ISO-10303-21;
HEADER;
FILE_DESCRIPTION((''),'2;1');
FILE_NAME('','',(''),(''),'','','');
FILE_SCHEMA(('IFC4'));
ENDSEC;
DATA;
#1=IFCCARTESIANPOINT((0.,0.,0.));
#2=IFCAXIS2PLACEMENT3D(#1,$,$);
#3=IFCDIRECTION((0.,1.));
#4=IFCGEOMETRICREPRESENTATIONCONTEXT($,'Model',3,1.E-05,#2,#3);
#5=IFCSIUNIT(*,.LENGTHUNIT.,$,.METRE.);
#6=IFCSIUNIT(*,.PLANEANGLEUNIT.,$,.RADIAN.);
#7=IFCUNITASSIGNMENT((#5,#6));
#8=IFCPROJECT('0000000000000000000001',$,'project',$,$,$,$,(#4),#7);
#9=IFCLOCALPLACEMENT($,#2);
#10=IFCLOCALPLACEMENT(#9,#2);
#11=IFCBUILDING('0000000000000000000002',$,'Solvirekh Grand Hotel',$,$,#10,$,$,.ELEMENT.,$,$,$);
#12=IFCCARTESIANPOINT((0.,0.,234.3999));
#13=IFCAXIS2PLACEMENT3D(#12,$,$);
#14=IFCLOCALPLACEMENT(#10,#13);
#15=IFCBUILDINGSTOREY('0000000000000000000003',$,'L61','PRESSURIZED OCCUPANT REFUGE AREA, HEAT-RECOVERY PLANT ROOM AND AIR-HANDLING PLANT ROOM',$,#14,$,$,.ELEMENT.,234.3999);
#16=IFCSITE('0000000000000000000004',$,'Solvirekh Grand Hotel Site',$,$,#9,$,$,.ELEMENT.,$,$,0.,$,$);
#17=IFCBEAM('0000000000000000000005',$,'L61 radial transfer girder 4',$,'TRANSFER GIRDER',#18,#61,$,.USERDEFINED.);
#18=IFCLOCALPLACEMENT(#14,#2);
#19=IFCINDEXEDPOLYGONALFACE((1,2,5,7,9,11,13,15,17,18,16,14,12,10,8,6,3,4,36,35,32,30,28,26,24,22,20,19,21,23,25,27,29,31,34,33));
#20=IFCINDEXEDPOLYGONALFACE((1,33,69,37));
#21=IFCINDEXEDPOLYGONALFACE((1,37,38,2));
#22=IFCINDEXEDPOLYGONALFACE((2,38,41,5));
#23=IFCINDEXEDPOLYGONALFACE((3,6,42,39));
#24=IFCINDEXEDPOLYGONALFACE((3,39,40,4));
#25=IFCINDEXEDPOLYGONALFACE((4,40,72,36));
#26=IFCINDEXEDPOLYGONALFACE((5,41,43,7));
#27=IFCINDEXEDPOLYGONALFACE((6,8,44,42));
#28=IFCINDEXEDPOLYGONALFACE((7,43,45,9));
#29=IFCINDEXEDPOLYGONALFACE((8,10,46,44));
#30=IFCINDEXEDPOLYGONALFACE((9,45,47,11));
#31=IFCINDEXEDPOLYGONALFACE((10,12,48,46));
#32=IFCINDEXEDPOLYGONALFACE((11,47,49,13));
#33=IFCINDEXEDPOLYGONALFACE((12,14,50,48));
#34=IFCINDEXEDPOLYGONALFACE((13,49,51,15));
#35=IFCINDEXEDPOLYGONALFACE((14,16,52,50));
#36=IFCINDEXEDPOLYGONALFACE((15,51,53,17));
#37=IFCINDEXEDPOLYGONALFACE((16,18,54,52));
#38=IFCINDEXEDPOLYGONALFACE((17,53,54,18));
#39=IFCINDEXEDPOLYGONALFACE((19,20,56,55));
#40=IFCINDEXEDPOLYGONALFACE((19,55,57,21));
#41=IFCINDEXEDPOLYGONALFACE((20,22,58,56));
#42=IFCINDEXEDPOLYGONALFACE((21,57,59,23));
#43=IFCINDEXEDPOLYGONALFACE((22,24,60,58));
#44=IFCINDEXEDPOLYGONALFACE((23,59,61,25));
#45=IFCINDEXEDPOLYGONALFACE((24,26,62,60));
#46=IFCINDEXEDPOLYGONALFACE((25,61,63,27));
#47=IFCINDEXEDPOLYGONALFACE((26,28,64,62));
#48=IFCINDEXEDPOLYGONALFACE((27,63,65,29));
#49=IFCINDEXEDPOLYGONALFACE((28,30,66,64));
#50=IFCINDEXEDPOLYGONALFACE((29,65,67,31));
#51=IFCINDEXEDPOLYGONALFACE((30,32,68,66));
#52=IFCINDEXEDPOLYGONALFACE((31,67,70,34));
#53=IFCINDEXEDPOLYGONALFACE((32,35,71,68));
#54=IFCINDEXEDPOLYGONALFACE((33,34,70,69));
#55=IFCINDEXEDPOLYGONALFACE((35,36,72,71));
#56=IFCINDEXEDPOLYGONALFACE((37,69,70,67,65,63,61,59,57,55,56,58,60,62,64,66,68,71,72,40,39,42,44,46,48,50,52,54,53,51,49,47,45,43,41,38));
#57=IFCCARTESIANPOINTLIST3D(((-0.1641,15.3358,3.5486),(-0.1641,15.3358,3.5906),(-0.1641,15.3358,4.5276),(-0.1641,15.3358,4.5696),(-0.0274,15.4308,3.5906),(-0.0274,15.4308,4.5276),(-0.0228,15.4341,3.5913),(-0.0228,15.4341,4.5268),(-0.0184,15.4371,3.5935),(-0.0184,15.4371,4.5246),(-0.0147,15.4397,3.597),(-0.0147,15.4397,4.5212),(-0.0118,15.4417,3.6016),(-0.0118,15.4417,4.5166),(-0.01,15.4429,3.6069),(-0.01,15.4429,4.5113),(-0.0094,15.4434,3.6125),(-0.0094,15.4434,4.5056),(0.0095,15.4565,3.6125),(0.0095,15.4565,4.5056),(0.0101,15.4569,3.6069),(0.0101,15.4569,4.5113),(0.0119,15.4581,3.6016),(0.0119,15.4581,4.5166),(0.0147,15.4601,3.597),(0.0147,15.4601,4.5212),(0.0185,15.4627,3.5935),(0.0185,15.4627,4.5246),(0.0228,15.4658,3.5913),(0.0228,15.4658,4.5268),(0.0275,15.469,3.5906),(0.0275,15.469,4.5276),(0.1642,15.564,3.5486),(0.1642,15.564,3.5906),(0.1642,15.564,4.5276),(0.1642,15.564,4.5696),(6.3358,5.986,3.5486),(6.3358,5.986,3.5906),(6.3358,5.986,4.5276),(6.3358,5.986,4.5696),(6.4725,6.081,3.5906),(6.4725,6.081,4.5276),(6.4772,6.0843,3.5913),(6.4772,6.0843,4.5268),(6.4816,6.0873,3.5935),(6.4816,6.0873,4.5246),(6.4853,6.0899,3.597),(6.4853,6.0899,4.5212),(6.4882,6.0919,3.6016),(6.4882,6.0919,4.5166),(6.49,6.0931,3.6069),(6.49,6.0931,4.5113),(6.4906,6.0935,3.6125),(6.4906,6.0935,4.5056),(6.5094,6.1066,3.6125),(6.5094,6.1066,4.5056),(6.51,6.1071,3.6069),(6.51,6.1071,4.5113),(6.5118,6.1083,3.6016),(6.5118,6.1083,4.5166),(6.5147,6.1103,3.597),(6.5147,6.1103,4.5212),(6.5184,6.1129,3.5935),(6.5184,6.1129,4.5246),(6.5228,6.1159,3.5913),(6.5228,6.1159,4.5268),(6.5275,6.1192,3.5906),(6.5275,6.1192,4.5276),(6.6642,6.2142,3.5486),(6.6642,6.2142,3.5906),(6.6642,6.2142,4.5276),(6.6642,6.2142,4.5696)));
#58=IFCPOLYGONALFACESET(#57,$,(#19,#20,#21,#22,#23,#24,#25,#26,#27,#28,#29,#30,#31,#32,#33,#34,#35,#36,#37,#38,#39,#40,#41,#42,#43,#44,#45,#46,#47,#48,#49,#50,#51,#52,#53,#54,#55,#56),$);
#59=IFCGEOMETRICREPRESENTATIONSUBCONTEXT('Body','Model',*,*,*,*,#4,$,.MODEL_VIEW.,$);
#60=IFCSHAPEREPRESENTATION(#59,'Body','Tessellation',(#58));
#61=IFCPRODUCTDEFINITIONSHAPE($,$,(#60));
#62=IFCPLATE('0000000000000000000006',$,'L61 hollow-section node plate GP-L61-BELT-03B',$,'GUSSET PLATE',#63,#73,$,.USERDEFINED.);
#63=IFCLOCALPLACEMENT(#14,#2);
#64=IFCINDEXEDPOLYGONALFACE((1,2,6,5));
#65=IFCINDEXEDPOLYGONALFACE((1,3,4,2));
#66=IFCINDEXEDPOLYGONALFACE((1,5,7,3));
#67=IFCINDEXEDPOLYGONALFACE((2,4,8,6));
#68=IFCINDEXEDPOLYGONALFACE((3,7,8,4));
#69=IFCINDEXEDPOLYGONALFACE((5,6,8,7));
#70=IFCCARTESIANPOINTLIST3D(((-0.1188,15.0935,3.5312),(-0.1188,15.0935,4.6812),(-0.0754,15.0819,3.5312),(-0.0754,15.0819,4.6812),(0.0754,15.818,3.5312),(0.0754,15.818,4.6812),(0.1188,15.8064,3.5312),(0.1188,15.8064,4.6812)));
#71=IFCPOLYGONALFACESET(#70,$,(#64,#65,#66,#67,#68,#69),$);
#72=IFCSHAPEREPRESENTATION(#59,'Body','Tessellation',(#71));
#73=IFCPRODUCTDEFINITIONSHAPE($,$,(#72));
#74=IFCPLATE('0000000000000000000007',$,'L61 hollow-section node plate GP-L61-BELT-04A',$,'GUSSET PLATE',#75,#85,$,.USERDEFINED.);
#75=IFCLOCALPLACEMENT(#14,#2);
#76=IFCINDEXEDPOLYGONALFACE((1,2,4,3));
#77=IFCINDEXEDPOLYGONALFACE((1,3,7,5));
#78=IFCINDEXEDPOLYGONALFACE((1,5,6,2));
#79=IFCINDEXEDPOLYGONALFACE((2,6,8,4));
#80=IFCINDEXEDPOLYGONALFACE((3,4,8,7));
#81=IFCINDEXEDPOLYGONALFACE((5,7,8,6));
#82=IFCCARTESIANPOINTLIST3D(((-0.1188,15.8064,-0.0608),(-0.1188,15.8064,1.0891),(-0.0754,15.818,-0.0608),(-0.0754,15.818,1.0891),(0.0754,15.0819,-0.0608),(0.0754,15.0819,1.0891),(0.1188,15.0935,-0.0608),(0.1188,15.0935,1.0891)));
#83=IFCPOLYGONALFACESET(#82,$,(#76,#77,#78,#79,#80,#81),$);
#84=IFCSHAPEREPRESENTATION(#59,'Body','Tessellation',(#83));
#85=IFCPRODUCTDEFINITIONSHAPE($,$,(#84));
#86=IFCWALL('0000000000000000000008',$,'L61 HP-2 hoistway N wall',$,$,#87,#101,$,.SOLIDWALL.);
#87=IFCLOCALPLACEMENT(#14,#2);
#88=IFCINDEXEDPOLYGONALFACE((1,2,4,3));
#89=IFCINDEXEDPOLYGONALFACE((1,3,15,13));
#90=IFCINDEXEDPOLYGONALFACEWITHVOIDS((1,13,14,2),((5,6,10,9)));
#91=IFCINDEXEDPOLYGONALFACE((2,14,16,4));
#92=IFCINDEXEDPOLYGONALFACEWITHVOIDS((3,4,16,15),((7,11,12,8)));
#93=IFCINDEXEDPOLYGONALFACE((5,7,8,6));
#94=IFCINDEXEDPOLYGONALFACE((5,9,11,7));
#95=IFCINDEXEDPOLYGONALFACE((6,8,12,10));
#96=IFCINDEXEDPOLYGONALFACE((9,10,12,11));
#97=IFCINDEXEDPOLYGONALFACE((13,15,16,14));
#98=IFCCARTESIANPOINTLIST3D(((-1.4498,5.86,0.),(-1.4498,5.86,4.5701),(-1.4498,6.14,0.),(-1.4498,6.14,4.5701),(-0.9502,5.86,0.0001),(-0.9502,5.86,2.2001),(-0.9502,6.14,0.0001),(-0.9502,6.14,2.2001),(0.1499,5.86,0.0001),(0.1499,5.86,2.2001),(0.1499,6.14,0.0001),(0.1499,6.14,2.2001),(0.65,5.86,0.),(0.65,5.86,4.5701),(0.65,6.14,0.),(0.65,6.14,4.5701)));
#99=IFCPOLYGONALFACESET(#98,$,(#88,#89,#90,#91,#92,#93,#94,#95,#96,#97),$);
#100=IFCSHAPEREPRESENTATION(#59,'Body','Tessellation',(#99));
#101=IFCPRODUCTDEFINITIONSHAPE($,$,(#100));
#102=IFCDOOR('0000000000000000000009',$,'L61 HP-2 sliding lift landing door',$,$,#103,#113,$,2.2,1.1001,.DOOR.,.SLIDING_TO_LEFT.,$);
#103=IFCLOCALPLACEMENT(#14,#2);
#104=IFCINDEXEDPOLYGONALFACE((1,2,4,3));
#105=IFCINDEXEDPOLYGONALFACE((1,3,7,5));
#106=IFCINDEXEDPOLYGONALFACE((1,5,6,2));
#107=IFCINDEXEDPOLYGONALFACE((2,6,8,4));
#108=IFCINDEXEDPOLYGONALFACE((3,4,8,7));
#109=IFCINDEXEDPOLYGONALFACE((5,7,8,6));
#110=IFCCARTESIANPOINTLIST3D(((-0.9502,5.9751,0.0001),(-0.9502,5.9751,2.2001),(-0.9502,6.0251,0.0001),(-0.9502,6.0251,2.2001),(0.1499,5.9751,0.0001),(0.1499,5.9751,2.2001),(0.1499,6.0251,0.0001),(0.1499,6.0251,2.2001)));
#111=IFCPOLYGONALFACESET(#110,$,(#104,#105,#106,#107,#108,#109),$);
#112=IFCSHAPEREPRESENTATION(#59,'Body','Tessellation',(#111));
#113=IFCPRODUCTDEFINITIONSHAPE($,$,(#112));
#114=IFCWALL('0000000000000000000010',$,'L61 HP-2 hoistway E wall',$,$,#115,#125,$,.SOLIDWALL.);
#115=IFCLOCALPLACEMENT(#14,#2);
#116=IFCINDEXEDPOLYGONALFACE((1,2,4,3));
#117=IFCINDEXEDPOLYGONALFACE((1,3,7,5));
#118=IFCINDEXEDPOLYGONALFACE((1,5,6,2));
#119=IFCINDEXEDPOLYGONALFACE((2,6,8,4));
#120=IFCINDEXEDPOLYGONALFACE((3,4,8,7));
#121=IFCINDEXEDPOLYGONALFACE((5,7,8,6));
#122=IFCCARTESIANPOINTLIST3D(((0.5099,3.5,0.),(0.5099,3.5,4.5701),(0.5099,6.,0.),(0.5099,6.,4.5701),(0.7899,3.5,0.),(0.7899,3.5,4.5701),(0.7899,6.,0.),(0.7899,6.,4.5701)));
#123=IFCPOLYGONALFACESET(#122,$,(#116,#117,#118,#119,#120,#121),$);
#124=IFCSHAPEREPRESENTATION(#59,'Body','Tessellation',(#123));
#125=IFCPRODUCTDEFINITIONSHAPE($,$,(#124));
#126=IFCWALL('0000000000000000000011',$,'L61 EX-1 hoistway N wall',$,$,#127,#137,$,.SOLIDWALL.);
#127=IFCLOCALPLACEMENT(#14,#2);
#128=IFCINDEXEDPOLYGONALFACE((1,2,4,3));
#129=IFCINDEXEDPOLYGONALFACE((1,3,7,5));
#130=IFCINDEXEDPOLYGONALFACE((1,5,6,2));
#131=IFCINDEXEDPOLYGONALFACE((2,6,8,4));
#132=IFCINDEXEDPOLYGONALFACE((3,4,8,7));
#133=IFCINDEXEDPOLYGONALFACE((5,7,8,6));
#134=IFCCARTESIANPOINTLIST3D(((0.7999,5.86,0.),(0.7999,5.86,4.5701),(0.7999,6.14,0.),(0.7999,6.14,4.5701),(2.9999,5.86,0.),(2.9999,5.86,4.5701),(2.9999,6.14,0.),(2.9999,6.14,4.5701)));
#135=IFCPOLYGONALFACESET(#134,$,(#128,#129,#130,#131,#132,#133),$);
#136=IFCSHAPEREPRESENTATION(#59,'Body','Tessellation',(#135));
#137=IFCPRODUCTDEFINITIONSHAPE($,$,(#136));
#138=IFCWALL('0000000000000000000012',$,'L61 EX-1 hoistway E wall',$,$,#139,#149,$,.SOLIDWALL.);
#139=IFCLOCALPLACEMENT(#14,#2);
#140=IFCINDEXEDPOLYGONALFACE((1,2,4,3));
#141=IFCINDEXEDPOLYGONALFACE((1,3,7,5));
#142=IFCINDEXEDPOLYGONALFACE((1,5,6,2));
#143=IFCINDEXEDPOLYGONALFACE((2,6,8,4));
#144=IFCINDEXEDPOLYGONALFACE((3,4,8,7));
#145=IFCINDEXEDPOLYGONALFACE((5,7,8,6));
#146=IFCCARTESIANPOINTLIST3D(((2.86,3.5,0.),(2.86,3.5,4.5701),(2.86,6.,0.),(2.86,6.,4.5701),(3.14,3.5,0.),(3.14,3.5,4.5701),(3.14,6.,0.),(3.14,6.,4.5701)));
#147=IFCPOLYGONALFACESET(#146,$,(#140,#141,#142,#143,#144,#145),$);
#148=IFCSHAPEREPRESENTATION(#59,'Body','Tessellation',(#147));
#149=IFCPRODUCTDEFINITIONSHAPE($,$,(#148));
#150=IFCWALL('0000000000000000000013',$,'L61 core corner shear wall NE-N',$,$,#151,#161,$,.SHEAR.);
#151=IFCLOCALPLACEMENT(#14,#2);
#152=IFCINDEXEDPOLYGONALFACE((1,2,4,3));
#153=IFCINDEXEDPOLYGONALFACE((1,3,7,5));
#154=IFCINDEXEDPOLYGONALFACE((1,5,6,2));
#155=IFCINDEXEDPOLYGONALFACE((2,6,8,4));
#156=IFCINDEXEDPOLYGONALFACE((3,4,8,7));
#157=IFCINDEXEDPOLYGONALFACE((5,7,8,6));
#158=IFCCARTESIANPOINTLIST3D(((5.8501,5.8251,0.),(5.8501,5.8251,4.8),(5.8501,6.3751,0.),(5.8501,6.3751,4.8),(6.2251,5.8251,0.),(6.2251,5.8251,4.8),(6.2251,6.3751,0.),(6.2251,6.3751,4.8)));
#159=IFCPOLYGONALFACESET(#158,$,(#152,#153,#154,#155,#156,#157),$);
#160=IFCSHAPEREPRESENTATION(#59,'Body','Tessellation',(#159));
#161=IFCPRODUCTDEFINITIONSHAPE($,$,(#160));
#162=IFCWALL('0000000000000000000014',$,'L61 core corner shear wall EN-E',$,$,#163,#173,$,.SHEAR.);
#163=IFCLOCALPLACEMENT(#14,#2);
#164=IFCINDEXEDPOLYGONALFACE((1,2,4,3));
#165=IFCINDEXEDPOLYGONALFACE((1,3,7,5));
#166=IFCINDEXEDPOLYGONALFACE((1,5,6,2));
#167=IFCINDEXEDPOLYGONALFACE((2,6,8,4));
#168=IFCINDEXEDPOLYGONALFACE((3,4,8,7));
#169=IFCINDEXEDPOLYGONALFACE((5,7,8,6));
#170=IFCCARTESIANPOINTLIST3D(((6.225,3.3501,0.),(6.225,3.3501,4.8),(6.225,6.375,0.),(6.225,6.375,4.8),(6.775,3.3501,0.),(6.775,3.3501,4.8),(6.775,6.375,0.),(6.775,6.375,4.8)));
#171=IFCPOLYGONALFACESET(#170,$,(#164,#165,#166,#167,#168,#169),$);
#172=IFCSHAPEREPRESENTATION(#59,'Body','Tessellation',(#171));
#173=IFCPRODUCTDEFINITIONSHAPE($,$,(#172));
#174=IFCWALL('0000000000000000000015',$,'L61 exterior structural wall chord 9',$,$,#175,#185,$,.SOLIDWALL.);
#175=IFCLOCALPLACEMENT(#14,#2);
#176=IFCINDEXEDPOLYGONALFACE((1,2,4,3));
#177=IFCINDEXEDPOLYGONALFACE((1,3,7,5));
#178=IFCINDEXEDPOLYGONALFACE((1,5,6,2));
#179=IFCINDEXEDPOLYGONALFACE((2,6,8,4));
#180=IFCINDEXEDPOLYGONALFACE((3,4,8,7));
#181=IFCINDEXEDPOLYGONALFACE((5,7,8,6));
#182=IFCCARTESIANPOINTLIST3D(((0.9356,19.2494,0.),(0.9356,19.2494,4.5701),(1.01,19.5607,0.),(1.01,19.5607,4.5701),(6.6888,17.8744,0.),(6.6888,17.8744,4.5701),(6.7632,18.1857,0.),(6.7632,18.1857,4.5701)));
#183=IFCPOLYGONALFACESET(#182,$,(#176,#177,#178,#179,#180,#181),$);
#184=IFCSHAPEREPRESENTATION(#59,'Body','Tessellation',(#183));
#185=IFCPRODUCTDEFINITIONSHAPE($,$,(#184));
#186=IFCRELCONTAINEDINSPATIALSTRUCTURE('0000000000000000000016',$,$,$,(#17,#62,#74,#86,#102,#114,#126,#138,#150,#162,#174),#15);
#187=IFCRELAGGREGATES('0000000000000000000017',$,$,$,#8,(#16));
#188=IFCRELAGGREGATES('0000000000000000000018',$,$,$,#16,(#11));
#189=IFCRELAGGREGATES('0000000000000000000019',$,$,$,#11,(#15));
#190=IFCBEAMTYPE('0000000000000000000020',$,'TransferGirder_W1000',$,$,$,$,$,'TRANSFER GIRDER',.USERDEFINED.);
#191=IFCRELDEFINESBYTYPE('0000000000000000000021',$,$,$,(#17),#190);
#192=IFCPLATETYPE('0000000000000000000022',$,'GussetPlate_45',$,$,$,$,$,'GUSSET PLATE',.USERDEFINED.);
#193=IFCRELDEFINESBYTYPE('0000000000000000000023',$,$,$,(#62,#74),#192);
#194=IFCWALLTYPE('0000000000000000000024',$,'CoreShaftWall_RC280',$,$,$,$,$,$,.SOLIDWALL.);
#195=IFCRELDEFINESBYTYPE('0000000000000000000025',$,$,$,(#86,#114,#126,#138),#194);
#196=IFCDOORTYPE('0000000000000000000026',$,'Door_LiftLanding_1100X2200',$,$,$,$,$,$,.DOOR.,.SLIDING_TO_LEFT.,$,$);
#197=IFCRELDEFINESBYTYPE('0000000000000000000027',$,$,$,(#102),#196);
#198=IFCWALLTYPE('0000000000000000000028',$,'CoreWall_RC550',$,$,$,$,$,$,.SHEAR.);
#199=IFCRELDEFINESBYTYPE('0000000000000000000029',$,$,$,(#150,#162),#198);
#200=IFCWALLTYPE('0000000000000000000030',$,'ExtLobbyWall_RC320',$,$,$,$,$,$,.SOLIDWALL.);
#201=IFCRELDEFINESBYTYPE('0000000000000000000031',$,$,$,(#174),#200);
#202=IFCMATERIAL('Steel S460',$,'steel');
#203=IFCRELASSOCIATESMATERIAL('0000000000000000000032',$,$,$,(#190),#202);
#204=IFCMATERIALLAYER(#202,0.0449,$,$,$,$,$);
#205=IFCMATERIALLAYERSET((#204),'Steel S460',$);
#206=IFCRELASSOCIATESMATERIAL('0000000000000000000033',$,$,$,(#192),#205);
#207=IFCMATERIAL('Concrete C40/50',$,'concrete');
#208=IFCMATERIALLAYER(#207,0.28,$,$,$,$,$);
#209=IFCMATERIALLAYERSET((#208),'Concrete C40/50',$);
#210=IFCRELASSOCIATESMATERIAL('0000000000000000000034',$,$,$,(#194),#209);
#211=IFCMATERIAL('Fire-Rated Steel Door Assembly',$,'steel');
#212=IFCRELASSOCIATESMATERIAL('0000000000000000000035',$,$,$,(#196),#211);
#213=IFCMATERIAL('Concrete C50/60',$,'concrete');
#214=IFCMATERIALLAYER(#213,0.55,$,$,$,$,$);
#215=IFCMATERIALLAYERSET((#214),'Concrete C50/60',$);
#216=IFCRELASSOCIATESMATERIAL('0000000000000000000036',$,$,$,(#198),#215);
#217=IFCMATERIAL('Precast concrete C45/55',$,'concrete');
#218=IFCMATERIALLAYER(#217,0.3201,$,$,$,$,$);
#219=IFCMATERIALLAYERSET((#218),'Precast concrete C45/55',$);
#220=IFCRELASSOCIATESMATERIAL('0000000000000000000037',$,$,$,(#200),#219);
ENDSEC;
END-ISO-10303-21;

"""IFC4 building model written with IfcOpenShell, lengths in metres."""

from ifc_helpers import new_model, si_unit, direction, frame, frame_2d, origin, origin_2d, place, context, subcontext, project, spatial, rectangle, i_section, extrude, material, layer, layer_set, material_profile, profile_set, type_object, element, fill, save


model = new_model("IFC4")

# Units and contexts
model_context = context("Model", 3, precision=1e-05, world=origin(), true_north=direction((0.0, 1.0)))
body_context = subcontext(model_context, "Body", "Model", "MODEL_VIEW")
ifc_project = project(units=[si_unit("LENGTHUNIT", "METRE"), si_unit("PLANEANGLEUNIT", "RADIAN")], contexts=[model_context])

# Site, building, storey
site_placement = place(None, origin())
site = spatial("IfcSite", under=ifc_project, at=site_placement, Name="Solvirekh Grand Hotel Site", CompositionType="ELEMENT", RefElevation=0.0)
building_placement = place(site_placement, origin())
building = spatial("IfcBuilding", under=site, at=building_placement, Name="Solvirekh Grand Hotel", CompositionType="ELEMENT")
storey_placement = place(building_placement, frame((0.0, 0.0, 234.3999)))
storey = spatial("IfcBuildingStorey", under=building, at=storey_placement, Name="L61", Description="PRESSURIZED OCCUPANT REFUGE AREA, HEAT-RECOVERY PLANT ROOM AND AIR-HANDLING PLANT ROOM", CompositionType="ELEMENT", Elevation=234.3999)

# Shared definitions
ifc_material_1 = material(Name="Concrete C50/60", Category="concrete")

# Shared definitions
ifc_material_2 = material(Name="Steel S460", Category="steel")

# Beam
ifc_material_profile_1 = material_profile(ifc_material_2, i_section(OverallWidth=0.3999, OverallDepth=1.021, WebThickness=0.0229, FlangeThickness=0.042, FilletRadius=0.022, at=origin_2d()), Name="W1000X412")
ifc_profile_set_1 = profile_set([ifc_material_profile_1], Name="Steel S460")
beam_type_1 = type_object("IfcBeamType", Name="TransferGirder_W1000", ElementType="TRANSFER GIRDER", PredefinedType="USERDEFINED", material=ifc_profile_set_1)
beam_1_placement = place(storey_placement, frame((6.5, 6.1001, 4.0591), z_axis=(-0.570813, 0.82108, 0.0), x_axis=(-0.82108, -0.570813, 0.0)))
element("IfcBeam", 1, at=beam_1_placement, inside=storey, type_object=beam_type_1, Name="L61 radial transfer girder 4", ObjectType="TRANSFER GIRDER", PredefinedType="USERDEFINED", context=body_context, shape_type="SweptSolid", body=[
    extrude(i_section(OverallWidth=0.3999, OverallDepth=1.021, WebThickness=0.0229, FlangeThickness=0.042, FilletRadius=0.022, at=origin_2d()), origin(), (0.0, 0.0, 1.0), 11.3872),
])

# Plates
ifc_layer_1 = layer(ifc_material_2, 0.0449)
ifc_layer_set_1 = layer_set([ifc_layer_1], Name="Steel S460")
plate_type = type_object("IfcPlateType", Name="GussetPlate_45", ElementType="GUSSET PLATE", PredefinedType="USERDEFINED", material=ifc_layer_set_1)
for number, where, z_axis, x_axis, name in (
    (2, (0.0, 15.45, 3.5312), (0.0, 0.0, 1.0), (-0.965926, 0.258819, 0.0), "L61 hollow-section node plate GP-L61-BELT-03B"),
    (3, (0.0, 15.45, -0.0608), (0.0, 0.0, 1.0), (-0.965926, -0.258819, 0.0), "L61 hollow-section node plate GP-L61-BELT-04A"),
):
    element("IfcPlate", number, at=place(storey_placement, frame(where, z_axis=z_axis, x_axis=x_axis)), inside=storey, type_object=plate_type, Name=name, ObjectType="GUSSET PLATE", PredefinedType="USERDEFINED", context=body_context, shape_type="SweptSolid", body=[
        extrude(rectangle(XDim=0.0449, YDim=0.75, at=origin_2d()), origin(), (0.0, 0.0, 1.0), 1.1499),
    ])

# Wall, opening, door
ifc_material_3 = material(Name="Concrete C40/50", Category="concrete")
ifc_layer_2 = layer(ifc_material_3, 0.28)
ifc_layer_set_2 = layer_set([ifc_layer_2], Name="Concrete C40/50")
wall_type_1 = type_object("IfcWallType", Name="CoreShaftWall_RC280", PredefinedType="SOLIDWALL", material=ifc_layer_set_2)
wall_1_placement = place(storey_placement, frame((0.6499, 6.0, 0.0), z_axis=(0.0, 0.0, 1.0), x_axis=(-1.0, 0.0, 0.0)))
wall_1 = element("IfcWall", 4, at=wall_1_placement, inside=storey, type_object=wall_type_1, Name="L61 HP-2 hoistway N wall", PredefinedType="SOLIDWALL", context=body_context, shape_type="SweptSolid", body=[
    extrude(rectangle(XDim=2.0999, YDim=0.28, at=frame_2d((1.0498, 0.0))), origin(), (0.0, 0.0, 1.0), 4.5701),
])
opening_1_placement = place(wall_1_placement, frame((0.5, 0.0, 0.0)))
opening_1 = element("IfcOpeningElement", 5, at=opening_1_placement, cuts=wall_1, PredefinedType="OPENING", context=body_context, shape_type="SweptSolid", body=[
    extrude(rectangle(XDim=1.1001, YDim=2.2, at=frame_2d((0.55, 1.1001))), frame((0.0, 0.1499, 0.0), z_axis=(0.0, -1.0, 0.0), x_axis=(1.0, 0.0, 0.0)), (0.0, 0.0, 1.0), 0.3),
])
ifc_material_4 = material(Name="Fire-Rated Steel Door Assembly", Category="steel")
door_type_1 = type_object("IfcDoorType", Name="Door_LiftLanding_1100X2200", OperationType="SLIDING_TO_LEFT", PredefinedType="DOOR", material=ifc_material_4)
door_1_placement = place(opening_1_placement, origin())
door_1 = element("IfcDoor", 6, at=door_1_placement, inside=storey, type_object=door_type_1, Name="L61 HP-2 sliding lift landing door", OperationType="SLIDING_TO_LEFT", OverallHeight=2.2, OverallWidth=1.1001, PredefinedType="DOOR", context=body_context, shape_type="SweptSolid", body=[
    extrude(rectangle(XDim=1.1001, YDim=2.2, at=frame_2d((0.55, 1.1001))), frame((0.0, 0.0249, 0.0), z_axis=(0.0, -1.0, 0.0), x_axis=(1.0, 0.0, 0.0)), (0.0, 0.0, 1.0), 0.05),
])
fill(opening_1, door_1)

# Walls
wall_2_placement = place(storey_placement, frame((0.6499, 3.5, 0.0), z_axis=(0.0, 0.0, 1.0), x_axis=(0.0, 1.0, 0.0)))
element("IfcWall", 7, at=wall_2_placement, inside=storey, type_object=wall_type_1, Name="L61 HP-2 hoistway E wall", PredefinedType="SOLIDWALL", context=body_context, shape_type="SweptSolid", body=[
    extrude(rectangle(XDim=2.5, YDim=0.28, at=frame_2d((1.25, 0.0))), origin(), (0.0, 0.0, 1.0), 4.5701),
])
wall_3_placement = place(storey_placement, frame((3.0, 6.0, 0.0), z_axis=(0.0, 0.0, 1.0), x_axis=(-1.0, 0.0, 0.0)))
element("IfcWall", 8, at=wall_3_placement, inside=storey, type_object=wall_type_1, Name="L61 EX-1 hoistway N wall", PredefinedType="SOLIDWALL", context=body_context, shape_type="SweptSolid", body=[
    extrude(rectangle(XDim=2.2, YDim=0.28, at=frame_2d((1.1001, 0.0))), origin(), (0.0, 0.0, 1.0), 4.5701),
])
wall_4_placement = place(storey_placement, frame((3.0, 3.5, 0.0), z_axis=(0.0, 0.0, 1.0), x_axis=(0.0, 1.0, 0.0)))
element("IfcWall", 9, at=wall_4_placement, inside=storey, type_object=wall_type_1, Name="L61 EX-1 hoistway E wall", PredefinedType="SOLIDWALL", context=body_context, shape_type="SweptSolid", body=[
    extrude(rectangle(XDim=2.5, YDim=0.28, at=frame_2d((1.25, 0.0))), origin(), (0.0, 0.0, 1.0), 4.5701),
])
ifc_layer_3 = layer(ifc_material_1, 0.55)
ifc_layer_set_3 = layer_set([ifc_layer_3], Name="Concrete C50/60")
wall_type_2 = type_object("IfcWallType", Name="CoreWall_RC550", PredefinedType="SHEAR", material=ifc_layer_set_3)
wall_5_placement = place(storey_placement, frame((5.8501, 6.1001, 0.0), z_axis=(0.0, 0.0, 1.0), x_axis=(1.0, 0.0, 0.0)))
element("IfcWall", 10, at=wall_5_placement, inside=storey, type_object=wall_type_2, Name="L61 core corner shear wall NE-N", PredefinedType="SHEAR", context=body_context, shape_type="SweptSolid", body=[
    extrude(rectangle(XDim=0.375, YDim=0.55, at=frame_2d((0.1875, 0.0))), origin(), (0.0, 0.0, 1.0), 4.8),
])
wall_6_placement = place(storey_placement, frame((6.5, 3.3501, 0.0), z_axis=(0.0, 0.0, 1.0), x_axis=(0.0, 1.0, 0.0)))
element("IfcWall", 11, at=wall_6_placement, inside=storey, type_object=wall_type_2, Name="L61 core corner shear wall EN-E", PredefinedType="SHEAR", context=body_context, shape_type="SweptSolid", body=[
    extrude(rectangle(XDim=3.0249, YDim=0.55, at=frame_2d((1.5125, 0.0))), origin(), (0.0, 0.0, 1.0), 4.8),
])
ifc_material_5 = material(Name="Precast concrete C45/55", Category="concrete")
ifc_layer_4 = layer(ifc_material_5, 0.3201)
ifc_layer_set_4 = layer_set([ifc_layer_4], Name="Precast concrete C45/55")
wall_type_3 = type_object("IfcWallType", Name="ExtLobbyWall_RC320", PredefinedType="SOLIDWALL", material=ifc_layer_set_4)
wall_7_placement = place(storey_placement, frame((0.9729, 19.405, 0.0), z_axis=(0.0, 0.0, 1.0), x_axis=(0.972608, -0.232452, 0.0)))
element("IfcWall", 12, at=wall_7_placement, inside=storey, type_object=wall_type_3, Name="L61 exterior structural wall chord 9", PredefinedType="SOLIDWALL", context=body_context, shape_type="SweptSolid", body=[
    extrude(rectangle(XDim=5.9153, YDim=0.3201, at=frame_2d((2.9575, 0.0))), origin(), (0.0, 0.0, 1.0), 4.5701),
])

save(model, "model.ifc")
